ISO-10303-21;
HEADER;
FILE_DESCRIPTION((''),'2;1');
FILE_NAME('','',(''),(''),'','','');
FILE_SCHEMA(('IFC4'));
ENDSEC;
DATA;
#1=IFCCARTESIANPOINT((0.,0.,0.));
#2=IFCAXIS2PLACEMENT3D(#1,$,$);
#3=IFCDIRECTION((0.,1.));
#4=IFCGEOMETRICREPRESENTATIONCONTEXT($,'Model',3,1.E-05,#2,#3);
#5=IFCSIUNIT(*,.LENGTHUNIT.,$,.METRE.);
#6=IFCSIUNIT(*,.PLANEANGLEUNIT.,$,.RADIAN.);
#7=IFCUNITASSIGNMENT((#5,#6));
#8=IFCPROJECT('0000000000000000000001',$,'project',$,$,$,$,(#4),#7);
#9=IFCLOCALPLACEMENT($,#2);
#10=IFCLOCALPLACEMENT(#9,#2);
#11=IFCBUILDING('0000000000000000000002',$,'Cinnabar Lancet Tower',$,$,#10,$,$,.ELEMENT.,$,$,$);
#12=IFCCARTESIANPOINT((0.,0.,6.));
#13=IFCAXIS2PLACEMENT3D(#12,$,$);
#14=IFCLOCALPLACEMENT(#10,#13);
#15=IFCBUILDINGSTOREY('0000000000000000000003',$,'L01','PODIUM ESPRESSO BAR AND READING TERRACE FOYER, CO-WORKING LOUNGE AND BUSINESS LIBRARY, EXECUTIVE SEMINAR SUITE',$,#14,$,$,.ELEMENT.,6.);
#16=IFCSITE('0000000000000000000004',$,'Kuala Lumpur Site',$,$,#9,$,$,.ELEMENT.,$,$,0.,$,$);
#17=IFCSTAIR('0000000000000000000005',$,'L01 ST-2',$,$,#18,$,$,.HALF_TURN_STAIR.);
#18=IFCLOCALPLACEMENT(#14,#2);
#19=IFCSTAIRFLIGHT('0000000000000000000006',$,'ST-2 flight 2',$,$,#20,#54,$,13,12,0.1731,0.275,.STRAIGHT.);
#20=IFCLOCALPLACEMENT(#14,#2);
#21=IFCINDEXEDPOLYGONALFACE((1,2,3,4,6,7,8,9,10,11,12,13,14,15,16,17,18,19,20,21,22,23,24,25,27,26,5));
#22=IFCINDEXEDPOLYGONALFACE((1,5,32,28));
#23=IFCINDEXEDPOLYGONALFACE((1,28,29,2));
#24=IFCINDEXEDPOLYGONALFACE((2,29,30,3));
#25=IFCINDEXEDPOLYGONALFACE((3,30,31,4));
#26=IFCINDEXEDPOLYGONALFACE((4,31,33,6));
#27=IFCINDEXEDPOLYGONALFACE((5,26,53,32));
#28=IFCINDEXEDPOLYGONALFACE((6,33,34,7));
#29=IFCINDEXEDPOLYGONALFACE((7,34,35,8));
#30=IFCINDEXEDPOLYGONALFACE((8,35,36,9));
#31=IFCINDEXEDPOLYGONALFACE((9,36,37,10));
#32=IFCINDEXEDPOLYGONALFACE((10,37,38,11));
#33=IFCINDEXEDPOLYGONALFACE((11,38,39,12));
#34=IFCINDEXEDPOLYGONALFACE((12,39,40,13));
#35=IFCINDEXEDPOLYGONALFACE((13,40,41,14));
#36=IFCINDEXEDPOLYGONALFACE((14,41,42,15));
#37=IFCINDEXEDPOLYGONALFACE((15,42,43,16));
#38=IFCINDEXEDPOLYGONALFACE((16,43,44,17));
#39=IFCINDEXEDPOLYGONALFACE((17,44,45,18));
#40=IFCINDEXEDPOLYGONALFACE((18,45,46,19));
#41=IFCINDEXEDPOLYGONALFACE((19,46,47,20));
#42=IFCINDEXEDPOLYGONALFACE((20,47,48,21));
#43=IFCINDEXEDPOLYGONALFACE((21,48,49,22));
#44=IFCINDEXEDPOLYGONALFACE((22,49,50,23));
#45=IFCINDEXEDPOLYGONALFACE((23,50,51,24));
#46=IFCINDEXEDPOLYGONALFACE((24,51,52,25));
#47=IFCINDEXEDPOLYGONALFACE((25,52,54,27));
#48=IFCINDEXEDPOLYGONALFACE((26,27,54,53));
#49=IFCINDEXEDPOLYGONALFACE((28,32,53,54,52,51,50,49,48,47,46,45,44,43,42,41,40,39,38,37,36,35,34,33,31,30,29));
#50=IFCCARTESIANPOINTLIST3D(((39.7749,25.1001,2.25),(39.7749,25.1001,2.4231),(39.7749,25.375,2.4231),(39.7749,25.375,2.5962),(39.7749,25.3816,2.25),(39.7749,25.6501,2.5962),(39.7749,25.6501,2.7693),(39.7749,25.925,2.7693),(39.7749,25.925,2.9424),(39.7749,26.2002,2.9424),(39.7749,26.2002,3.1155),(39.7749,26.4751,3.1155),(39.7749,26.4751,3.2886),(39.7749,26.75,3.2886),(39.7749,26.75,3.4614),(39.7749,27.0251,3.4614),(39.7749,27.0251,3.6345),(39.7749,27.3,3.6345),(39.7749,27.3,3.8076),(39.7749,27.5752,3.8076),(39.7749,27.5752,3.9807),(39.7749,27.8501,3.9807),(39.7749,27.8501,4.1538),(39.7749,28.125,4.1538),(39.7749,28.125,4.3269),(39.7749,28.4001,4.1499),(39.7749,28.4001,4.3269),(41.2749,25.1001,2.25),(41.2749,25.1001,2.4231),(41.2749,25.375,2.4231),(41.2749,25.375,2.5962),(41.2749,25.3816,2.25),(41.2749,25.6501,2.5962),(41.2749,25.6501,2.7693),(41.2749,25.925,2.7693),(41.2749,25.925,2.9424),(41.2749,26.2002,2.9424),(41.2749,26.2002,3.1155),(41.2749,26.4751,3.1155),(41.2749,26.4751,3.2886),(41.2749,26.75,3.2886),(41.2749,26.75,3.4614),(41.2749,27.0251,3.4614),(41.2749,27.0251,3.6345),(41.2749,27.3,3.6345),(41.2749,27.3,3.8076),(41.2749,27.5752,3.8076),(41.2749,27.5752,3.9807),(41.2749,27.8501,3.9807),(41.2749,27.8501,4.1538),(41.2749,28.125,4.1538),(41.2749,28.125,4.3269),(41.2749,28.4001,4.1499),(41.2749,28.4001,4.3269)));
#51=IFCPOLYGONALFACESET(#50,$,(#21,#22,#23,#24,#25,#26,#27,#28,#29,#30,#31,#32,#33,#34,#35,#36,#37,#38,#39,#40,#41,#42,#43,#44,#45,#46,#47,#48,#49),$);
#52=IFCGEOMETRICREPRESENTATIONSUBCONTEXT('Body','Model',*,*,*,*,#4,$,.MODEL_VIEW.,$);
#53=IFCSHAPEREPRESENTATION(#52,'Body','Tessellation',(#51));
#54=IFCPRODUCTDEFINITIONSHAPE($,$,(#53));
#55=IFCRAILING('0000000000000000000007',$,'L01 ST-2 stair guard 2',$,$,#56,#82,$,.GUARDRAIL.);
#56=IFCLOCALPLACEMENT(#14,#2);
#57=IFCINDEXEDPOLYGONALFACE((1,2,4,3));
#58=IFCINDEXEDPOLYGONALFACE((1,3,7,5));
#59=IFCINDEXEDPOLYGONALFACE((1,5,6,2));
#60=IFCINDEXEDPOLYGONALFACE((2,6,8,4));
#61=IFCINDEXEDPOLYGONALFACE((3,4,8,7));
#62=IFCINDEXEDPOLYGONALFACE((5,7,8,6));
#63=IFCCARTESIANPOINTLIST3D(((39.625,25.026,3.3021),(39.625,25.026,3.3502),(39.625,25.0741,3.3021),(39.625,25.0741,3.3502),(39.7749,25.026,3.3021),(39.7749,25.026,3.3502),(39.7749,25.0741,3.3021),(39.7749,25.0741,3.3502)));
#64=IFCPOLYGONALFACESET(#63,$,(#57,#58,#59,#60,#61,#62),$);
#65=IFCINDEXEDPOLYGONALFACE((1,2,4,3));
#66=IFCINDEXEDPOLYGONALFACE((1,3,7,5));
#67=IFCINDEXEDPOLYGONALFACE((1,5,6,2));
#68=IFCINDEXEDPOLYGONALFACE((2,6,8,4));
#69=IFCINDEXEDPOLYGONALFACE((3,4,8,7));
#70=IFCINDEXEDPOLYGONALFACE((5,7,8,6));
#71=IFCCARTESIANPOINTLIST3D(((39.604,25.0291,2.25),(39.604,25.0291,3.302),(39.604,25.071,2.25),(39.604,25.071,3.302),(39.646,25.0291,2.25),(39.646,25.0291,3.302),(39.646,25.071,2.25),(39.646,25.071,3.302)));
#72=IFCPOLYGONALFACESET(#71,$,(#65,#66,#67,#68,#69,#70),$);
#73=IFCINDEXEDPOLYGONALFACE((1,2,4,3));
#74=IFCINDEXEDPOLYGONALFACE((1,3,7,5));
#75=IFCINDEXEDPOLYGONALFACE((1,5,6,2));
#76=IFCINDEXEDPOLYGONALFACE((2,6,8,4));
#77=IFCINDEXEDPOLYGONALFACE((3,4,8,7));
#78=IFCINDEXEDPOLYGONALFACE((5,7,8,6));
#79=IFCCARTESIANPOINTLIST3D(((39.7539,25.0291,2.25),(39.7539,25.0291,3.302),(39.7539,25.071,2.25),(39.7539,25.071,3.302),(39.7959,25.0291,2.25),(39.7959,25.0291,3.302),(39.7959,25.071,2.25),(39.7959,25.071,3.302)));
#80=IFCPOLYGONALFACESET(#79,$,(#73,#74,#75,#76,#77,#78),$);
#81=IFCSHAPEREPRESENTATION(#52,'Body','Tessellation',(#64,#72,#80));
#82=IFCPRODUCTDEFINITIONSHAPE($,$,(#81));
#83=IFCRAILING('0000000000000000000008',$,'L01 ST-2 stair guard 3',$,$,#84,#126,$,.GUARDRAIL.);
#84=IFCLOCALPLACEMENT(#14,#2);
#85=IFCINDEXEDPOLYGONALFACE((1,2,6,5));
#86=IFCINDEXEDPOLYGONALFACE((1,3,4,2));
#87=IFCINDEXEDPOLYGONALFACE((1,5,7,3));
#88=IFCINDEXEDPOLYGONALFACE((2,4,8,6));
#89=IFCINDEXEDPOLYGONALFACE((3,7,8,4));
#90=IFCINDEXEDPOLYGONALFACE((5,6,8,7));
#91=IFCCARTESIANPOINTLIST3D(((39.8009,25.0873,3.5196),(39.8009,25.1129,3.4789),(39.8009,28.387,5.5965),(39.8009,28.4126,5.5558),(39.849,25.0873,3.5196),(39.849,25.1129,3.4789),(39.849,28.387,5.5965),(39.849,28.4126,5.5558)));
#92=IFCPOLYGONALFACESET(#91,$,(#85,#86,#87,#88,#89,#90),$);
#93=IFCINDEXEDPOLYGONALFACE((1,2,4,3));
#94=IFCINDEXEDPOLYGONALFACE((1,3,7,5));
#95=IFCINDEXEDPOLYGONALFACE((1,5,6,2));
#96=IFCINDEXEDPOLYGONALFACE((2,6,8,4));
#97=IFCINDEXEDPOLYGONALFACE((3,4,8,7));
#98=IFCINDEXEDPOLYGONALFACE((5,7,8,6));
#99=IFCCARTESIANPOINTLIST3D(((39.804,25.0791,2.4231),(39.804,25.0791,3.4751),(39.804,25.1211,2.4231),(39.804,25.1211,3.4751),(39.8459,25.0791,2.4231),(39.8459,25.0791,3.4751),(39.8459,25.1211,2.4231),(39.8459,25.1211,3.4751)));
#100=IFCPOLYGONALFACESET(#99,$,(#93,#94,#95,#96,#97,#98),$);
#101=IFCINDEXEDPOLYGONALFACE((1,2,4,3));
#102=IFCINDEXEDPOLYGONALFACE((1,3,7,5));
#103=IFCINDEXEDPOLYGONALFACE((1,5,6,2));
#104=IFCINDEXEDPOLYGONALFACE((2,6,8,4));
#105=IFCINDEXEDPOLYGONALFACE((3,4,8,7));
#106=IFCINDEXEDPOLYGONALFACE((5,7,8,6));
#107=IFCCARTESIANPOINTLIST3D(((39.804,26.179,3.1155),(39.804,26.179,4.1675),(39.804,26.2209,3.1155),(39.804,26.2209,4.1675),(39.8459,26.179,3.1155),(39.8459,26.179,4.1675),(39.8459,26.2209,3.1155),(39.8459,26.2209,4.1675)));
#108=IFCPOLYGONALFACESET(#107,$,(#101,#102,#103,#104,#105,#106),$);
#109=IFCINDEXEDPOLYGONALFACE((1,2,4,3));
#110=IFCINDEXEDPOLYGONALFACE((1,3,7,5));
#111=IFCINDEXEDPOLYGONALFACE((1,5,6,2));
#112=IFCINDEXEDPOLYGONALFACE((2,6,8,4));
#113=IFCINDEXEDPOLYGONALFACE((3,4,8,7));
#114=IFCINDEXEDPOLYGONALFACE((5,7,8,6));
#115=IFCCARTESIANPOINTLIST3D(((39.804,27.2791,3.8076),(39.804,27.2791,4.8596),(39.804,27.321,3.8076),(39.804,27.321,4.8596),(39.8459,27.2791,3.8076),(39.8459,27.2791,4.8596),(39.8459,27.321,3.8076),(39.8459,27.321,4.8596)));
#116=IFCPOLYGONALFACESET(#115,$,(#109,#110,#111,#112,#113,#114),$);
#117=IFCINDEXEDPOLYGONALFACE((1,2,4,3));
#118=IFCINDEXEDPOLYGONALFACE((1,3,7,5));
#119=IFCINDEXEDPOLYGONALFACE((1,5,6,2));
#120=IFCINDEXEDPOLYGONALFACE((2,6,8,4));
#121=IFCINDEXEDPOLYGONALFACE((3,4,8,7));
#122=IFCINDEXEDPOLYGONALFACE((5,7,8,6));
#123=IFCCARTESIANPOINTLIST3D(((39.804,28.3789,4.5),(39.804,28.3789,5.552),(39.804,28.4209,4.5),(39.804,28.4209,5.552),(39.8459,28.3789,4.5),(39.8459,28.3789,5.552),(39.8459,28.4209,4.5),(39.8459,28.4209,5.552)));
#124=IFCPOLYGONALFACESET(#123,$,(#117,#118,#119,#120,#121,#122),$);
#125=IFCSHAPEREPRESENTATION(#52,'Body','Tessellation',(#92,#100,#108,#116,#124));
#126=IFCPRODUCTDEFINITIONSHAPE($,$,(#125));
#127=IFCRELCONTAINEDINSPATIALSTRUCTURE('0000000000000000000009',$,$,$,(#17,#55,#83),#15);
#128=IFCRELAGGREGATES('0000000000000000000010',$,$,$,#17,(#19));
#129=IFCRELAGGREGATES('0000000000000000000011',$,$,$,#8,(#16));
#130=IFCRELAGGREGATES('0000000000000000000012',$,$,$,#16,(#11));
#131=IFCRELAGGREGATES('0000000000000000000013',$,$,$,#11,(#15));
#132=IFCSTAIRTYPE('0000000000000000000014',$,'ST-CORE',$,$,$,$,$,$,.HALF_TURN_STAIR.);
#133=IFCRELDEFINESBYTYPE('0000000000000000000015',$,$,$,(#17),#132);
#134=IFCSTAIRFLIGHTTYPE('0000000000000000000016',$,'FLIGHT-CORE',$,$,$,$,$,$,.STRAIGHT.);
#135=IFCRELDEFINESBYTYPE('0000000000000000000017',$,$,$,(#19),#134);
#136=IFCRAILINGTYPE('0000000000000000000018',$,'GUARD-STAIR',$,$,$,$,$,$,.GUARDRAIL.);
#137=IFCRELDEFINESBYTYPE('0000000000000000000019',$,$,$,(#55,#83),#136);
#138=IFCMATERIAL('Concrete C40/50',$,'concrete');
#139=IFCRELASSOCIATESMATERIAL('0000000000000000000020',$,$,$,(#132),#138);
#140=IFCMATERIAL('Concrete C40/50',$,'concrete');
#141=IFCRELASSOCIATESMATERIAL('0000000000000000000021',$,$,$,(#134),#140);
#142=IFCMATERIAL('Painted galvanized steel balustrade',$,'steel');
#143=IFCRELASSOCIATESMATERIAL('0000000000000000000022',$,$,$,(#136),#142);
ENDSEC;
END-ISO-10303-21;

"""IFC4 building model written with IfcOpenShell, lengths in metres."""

from ifc_helpers import new_model, si_unit, direction, frame, origin, origin_2d, place, context, subcontext, project, spatial, polyline, rectangle, outline, extrude, material, type_object, element, aggregate, save


model = new_model("IFC4")

# Units and contexts
model_context = context("Model", 3, precision=1e-05, world=origin(), true_north=direction((0.0, 1.0)))
body_context = subcontext(model_context, "Body", "Model", "MODEL_VIEW")
ifc_project = project(units=[si_unit("LENGTHUNIT", "METRE"), si_unit("PLANEANGLEUNIT", "RADIAN")], contexts=[model_context])

# Site, building, storey
site_placement = place(None, origin())
site = spatial("IfcSite", under=ifc_project, at=site_placement, Name="Kuala Lumpur Site", CompositionType="ELEMENT", RefElevation=0.0)
building_placement = place(site_placement, origin())
building = spatial("IfcBuilding", under=site, at=building_placement, Name="Cinnabar Lancet Tower", CompositionType="ELEMENT")
storey_placement = place(building_placement, frame((0.0, 0.0, 6.0)))
storey = spatial("IfcBuildingStorey", under=building, at=storey_placement, Name="L01", Description="PODIUM ESPRESSO BAR AND READING TERRACE FOYER, CO-WORKING LOUNGE AND BUSINESS LIBRARY, EXECUTIVE SEMINAR SUITE", CompositionType="ELEMENT", Elevation=6.0)

# Stair, stair flight
ifc_material_1 = material(Name="Concrete C40/50", Category="concrete")
stair_type = type_object("IfcStairType", Name="ST-CORE", PredefinedType="HALF_TURN_STAIR", material=ifc_material_1)
stair_placement = place(storey_placement, origin())
stair = element("IfcStair", 1, at=stair_placement, inside=storey, type_object=stair_type, Name="L01 ST-2", PredefinedType="HALF_TURN_STAIR")
ifc_material_2 = material(Name="Concrete C40/50", Category="concrete")
stair_flight_type = type_object("IfcStairFlightType", Name="FLIGHT-CORE", PredefinedType="STRAIGHT", material=ifc_material_2)
stair_flight_placement = place(storey_placement, frame((40.5249, 25.1001, 2.25), z_axis=(0.0, 0.0, 1.0), x_axis=(0.0, 1.0, 0.0)))
stair_flight = element("IfcStairFlight", 2, at=stair_flight_placement, type_object=stair_flight_type, Name="ST-2 flight 2", NumberOfRisers=13, NumberOfTreads=12, PredefinedType="STRAIGHT", RiserHeight=0.1731, TreadLength=0.275, context=body_context, shape_type="SweptSolid", body=[
    extrude(outline(polyline([(0.0, 0.0), (0.0, 0.1731), (0.2749, 0.1731), (0.2749, 0.3462), (0.55, 0.3462), (0.55, 0.5193), (0.825, 0.5193), (0.825, 0.6924), (1.1001, 0.6924), (1.1001, 0.8655), (1.375, 0.8655), (1.375, 1.0386), (1.6499, 1.0386), (1.6499, 1.2114), (1.925, 1.2114), (1.925, 1.3845), (2.2, 1.3845), (2.2, 1.5576), (2.4751, 1.5576), (2.4751, 1.7307), (2.75, 1.7307), (2.75, 1.9038), (3.0249, 1.9038), (3.0249, 2.0769), (3.3, 2.0769), (3.3, 2.25), (3.3, 1.8999), (0.2815, 0.0), (0.0, 0.0)])), frame((0.0, 0.75, 0.0), z_axis=(0.0, -1.0, 0.0), x_axis=(1.0, 0.0, 0.0)), (0.0, 0.0, 1.0), 1.5),
])
aggregate(stair, [stair_flight])

# Railings
ifc_material_3 = material(Name="Painted galvanized steel balustrade", Category="steel")
railing_type = type_object("IfcRailingType", Name="GUARD-STAIR", PredefinedType="GUARDRAIL", material=ifc_material_3)
railing_1_placement = place(storey_placement, frame((39.625, 25.05, 2.25)))
element("IfcRailing", 3, at=railing_1_placement, inside=storey, type_object=railing_type, Name="L01 ST-2 stair guard 2", PredefinedType="GUARDRAIL", context=body_context, shape_type="SweptSolid", body=[
    extrude(rectangle(XDim=0.0481, YDim=0.0481, at=origin_2d()), frame((0.0, 0.0, 1.0762), z_axis=(1.0, 0.0, 0.0), x_axis=(0.0, 1.0, 0.0)), (0.0, 0.0, 1.0), 0.1499),
    extrude(rectangle(XDim=0.042, YDim=0.042, at=origin_2d()), origin(), (0.0, 0.0, 1.0), 1.052),
    extrude(rectangle(XDim=0.042, YDim=0.042, at=origin_2d()), frame((0.1499, 0.0, 0.0)), (0.0, 0.0, 1.0), 1.052),
])
railing_2_placement = place(storey_placement, frame((39.825, 25.1001, 2.4231)))
element("IfcRailing", 4, at=railing_2_placement, inside=storey, type_object=railing_type, Name="L01 ST-2 stair guard 3", PredefinedType="GUARDRAIL", context=body_context, shape_type="SweptSolid", body=[
    extrude(rectangle(XDim=0.0481, YDim=0.0481, at=origin_2d()), frame((0.0, 0.0, 1.0762), z_axis=(0.0, 0.84632, 0.532675), x_axis=(-1.0, 0.0, 0.0)), (0.0, 0.0, 1.0), 3.8989),
    extrude(rectangle(XDim=0.042, YDim=0.042, at=origin_2d()), origin(), (0.0, 0.0, 1.0), 1.052),
    extrude(rectangle(XDim=0.042, YDim=0.042, at=origin_2d()), frame((0.0, 1.0999, 0.6924)), (0.0, 0.0, 1.0), 1.052),
    extrude(rectangle(XDim=0.042, YDim=0.042, at=origin_2d()), frame((0.0, 2.2, 1.3845)), (0.0, 0.0, 1.0), 1.052),
    extrude(rectangle(XDim=0.042, YDim=0.042, at=origin_2d()), frame((0.0, 3.2998, 2.0769)), (0.0, 0.0, 1.0), 1.052),
])

save(model, "model.ifc")
